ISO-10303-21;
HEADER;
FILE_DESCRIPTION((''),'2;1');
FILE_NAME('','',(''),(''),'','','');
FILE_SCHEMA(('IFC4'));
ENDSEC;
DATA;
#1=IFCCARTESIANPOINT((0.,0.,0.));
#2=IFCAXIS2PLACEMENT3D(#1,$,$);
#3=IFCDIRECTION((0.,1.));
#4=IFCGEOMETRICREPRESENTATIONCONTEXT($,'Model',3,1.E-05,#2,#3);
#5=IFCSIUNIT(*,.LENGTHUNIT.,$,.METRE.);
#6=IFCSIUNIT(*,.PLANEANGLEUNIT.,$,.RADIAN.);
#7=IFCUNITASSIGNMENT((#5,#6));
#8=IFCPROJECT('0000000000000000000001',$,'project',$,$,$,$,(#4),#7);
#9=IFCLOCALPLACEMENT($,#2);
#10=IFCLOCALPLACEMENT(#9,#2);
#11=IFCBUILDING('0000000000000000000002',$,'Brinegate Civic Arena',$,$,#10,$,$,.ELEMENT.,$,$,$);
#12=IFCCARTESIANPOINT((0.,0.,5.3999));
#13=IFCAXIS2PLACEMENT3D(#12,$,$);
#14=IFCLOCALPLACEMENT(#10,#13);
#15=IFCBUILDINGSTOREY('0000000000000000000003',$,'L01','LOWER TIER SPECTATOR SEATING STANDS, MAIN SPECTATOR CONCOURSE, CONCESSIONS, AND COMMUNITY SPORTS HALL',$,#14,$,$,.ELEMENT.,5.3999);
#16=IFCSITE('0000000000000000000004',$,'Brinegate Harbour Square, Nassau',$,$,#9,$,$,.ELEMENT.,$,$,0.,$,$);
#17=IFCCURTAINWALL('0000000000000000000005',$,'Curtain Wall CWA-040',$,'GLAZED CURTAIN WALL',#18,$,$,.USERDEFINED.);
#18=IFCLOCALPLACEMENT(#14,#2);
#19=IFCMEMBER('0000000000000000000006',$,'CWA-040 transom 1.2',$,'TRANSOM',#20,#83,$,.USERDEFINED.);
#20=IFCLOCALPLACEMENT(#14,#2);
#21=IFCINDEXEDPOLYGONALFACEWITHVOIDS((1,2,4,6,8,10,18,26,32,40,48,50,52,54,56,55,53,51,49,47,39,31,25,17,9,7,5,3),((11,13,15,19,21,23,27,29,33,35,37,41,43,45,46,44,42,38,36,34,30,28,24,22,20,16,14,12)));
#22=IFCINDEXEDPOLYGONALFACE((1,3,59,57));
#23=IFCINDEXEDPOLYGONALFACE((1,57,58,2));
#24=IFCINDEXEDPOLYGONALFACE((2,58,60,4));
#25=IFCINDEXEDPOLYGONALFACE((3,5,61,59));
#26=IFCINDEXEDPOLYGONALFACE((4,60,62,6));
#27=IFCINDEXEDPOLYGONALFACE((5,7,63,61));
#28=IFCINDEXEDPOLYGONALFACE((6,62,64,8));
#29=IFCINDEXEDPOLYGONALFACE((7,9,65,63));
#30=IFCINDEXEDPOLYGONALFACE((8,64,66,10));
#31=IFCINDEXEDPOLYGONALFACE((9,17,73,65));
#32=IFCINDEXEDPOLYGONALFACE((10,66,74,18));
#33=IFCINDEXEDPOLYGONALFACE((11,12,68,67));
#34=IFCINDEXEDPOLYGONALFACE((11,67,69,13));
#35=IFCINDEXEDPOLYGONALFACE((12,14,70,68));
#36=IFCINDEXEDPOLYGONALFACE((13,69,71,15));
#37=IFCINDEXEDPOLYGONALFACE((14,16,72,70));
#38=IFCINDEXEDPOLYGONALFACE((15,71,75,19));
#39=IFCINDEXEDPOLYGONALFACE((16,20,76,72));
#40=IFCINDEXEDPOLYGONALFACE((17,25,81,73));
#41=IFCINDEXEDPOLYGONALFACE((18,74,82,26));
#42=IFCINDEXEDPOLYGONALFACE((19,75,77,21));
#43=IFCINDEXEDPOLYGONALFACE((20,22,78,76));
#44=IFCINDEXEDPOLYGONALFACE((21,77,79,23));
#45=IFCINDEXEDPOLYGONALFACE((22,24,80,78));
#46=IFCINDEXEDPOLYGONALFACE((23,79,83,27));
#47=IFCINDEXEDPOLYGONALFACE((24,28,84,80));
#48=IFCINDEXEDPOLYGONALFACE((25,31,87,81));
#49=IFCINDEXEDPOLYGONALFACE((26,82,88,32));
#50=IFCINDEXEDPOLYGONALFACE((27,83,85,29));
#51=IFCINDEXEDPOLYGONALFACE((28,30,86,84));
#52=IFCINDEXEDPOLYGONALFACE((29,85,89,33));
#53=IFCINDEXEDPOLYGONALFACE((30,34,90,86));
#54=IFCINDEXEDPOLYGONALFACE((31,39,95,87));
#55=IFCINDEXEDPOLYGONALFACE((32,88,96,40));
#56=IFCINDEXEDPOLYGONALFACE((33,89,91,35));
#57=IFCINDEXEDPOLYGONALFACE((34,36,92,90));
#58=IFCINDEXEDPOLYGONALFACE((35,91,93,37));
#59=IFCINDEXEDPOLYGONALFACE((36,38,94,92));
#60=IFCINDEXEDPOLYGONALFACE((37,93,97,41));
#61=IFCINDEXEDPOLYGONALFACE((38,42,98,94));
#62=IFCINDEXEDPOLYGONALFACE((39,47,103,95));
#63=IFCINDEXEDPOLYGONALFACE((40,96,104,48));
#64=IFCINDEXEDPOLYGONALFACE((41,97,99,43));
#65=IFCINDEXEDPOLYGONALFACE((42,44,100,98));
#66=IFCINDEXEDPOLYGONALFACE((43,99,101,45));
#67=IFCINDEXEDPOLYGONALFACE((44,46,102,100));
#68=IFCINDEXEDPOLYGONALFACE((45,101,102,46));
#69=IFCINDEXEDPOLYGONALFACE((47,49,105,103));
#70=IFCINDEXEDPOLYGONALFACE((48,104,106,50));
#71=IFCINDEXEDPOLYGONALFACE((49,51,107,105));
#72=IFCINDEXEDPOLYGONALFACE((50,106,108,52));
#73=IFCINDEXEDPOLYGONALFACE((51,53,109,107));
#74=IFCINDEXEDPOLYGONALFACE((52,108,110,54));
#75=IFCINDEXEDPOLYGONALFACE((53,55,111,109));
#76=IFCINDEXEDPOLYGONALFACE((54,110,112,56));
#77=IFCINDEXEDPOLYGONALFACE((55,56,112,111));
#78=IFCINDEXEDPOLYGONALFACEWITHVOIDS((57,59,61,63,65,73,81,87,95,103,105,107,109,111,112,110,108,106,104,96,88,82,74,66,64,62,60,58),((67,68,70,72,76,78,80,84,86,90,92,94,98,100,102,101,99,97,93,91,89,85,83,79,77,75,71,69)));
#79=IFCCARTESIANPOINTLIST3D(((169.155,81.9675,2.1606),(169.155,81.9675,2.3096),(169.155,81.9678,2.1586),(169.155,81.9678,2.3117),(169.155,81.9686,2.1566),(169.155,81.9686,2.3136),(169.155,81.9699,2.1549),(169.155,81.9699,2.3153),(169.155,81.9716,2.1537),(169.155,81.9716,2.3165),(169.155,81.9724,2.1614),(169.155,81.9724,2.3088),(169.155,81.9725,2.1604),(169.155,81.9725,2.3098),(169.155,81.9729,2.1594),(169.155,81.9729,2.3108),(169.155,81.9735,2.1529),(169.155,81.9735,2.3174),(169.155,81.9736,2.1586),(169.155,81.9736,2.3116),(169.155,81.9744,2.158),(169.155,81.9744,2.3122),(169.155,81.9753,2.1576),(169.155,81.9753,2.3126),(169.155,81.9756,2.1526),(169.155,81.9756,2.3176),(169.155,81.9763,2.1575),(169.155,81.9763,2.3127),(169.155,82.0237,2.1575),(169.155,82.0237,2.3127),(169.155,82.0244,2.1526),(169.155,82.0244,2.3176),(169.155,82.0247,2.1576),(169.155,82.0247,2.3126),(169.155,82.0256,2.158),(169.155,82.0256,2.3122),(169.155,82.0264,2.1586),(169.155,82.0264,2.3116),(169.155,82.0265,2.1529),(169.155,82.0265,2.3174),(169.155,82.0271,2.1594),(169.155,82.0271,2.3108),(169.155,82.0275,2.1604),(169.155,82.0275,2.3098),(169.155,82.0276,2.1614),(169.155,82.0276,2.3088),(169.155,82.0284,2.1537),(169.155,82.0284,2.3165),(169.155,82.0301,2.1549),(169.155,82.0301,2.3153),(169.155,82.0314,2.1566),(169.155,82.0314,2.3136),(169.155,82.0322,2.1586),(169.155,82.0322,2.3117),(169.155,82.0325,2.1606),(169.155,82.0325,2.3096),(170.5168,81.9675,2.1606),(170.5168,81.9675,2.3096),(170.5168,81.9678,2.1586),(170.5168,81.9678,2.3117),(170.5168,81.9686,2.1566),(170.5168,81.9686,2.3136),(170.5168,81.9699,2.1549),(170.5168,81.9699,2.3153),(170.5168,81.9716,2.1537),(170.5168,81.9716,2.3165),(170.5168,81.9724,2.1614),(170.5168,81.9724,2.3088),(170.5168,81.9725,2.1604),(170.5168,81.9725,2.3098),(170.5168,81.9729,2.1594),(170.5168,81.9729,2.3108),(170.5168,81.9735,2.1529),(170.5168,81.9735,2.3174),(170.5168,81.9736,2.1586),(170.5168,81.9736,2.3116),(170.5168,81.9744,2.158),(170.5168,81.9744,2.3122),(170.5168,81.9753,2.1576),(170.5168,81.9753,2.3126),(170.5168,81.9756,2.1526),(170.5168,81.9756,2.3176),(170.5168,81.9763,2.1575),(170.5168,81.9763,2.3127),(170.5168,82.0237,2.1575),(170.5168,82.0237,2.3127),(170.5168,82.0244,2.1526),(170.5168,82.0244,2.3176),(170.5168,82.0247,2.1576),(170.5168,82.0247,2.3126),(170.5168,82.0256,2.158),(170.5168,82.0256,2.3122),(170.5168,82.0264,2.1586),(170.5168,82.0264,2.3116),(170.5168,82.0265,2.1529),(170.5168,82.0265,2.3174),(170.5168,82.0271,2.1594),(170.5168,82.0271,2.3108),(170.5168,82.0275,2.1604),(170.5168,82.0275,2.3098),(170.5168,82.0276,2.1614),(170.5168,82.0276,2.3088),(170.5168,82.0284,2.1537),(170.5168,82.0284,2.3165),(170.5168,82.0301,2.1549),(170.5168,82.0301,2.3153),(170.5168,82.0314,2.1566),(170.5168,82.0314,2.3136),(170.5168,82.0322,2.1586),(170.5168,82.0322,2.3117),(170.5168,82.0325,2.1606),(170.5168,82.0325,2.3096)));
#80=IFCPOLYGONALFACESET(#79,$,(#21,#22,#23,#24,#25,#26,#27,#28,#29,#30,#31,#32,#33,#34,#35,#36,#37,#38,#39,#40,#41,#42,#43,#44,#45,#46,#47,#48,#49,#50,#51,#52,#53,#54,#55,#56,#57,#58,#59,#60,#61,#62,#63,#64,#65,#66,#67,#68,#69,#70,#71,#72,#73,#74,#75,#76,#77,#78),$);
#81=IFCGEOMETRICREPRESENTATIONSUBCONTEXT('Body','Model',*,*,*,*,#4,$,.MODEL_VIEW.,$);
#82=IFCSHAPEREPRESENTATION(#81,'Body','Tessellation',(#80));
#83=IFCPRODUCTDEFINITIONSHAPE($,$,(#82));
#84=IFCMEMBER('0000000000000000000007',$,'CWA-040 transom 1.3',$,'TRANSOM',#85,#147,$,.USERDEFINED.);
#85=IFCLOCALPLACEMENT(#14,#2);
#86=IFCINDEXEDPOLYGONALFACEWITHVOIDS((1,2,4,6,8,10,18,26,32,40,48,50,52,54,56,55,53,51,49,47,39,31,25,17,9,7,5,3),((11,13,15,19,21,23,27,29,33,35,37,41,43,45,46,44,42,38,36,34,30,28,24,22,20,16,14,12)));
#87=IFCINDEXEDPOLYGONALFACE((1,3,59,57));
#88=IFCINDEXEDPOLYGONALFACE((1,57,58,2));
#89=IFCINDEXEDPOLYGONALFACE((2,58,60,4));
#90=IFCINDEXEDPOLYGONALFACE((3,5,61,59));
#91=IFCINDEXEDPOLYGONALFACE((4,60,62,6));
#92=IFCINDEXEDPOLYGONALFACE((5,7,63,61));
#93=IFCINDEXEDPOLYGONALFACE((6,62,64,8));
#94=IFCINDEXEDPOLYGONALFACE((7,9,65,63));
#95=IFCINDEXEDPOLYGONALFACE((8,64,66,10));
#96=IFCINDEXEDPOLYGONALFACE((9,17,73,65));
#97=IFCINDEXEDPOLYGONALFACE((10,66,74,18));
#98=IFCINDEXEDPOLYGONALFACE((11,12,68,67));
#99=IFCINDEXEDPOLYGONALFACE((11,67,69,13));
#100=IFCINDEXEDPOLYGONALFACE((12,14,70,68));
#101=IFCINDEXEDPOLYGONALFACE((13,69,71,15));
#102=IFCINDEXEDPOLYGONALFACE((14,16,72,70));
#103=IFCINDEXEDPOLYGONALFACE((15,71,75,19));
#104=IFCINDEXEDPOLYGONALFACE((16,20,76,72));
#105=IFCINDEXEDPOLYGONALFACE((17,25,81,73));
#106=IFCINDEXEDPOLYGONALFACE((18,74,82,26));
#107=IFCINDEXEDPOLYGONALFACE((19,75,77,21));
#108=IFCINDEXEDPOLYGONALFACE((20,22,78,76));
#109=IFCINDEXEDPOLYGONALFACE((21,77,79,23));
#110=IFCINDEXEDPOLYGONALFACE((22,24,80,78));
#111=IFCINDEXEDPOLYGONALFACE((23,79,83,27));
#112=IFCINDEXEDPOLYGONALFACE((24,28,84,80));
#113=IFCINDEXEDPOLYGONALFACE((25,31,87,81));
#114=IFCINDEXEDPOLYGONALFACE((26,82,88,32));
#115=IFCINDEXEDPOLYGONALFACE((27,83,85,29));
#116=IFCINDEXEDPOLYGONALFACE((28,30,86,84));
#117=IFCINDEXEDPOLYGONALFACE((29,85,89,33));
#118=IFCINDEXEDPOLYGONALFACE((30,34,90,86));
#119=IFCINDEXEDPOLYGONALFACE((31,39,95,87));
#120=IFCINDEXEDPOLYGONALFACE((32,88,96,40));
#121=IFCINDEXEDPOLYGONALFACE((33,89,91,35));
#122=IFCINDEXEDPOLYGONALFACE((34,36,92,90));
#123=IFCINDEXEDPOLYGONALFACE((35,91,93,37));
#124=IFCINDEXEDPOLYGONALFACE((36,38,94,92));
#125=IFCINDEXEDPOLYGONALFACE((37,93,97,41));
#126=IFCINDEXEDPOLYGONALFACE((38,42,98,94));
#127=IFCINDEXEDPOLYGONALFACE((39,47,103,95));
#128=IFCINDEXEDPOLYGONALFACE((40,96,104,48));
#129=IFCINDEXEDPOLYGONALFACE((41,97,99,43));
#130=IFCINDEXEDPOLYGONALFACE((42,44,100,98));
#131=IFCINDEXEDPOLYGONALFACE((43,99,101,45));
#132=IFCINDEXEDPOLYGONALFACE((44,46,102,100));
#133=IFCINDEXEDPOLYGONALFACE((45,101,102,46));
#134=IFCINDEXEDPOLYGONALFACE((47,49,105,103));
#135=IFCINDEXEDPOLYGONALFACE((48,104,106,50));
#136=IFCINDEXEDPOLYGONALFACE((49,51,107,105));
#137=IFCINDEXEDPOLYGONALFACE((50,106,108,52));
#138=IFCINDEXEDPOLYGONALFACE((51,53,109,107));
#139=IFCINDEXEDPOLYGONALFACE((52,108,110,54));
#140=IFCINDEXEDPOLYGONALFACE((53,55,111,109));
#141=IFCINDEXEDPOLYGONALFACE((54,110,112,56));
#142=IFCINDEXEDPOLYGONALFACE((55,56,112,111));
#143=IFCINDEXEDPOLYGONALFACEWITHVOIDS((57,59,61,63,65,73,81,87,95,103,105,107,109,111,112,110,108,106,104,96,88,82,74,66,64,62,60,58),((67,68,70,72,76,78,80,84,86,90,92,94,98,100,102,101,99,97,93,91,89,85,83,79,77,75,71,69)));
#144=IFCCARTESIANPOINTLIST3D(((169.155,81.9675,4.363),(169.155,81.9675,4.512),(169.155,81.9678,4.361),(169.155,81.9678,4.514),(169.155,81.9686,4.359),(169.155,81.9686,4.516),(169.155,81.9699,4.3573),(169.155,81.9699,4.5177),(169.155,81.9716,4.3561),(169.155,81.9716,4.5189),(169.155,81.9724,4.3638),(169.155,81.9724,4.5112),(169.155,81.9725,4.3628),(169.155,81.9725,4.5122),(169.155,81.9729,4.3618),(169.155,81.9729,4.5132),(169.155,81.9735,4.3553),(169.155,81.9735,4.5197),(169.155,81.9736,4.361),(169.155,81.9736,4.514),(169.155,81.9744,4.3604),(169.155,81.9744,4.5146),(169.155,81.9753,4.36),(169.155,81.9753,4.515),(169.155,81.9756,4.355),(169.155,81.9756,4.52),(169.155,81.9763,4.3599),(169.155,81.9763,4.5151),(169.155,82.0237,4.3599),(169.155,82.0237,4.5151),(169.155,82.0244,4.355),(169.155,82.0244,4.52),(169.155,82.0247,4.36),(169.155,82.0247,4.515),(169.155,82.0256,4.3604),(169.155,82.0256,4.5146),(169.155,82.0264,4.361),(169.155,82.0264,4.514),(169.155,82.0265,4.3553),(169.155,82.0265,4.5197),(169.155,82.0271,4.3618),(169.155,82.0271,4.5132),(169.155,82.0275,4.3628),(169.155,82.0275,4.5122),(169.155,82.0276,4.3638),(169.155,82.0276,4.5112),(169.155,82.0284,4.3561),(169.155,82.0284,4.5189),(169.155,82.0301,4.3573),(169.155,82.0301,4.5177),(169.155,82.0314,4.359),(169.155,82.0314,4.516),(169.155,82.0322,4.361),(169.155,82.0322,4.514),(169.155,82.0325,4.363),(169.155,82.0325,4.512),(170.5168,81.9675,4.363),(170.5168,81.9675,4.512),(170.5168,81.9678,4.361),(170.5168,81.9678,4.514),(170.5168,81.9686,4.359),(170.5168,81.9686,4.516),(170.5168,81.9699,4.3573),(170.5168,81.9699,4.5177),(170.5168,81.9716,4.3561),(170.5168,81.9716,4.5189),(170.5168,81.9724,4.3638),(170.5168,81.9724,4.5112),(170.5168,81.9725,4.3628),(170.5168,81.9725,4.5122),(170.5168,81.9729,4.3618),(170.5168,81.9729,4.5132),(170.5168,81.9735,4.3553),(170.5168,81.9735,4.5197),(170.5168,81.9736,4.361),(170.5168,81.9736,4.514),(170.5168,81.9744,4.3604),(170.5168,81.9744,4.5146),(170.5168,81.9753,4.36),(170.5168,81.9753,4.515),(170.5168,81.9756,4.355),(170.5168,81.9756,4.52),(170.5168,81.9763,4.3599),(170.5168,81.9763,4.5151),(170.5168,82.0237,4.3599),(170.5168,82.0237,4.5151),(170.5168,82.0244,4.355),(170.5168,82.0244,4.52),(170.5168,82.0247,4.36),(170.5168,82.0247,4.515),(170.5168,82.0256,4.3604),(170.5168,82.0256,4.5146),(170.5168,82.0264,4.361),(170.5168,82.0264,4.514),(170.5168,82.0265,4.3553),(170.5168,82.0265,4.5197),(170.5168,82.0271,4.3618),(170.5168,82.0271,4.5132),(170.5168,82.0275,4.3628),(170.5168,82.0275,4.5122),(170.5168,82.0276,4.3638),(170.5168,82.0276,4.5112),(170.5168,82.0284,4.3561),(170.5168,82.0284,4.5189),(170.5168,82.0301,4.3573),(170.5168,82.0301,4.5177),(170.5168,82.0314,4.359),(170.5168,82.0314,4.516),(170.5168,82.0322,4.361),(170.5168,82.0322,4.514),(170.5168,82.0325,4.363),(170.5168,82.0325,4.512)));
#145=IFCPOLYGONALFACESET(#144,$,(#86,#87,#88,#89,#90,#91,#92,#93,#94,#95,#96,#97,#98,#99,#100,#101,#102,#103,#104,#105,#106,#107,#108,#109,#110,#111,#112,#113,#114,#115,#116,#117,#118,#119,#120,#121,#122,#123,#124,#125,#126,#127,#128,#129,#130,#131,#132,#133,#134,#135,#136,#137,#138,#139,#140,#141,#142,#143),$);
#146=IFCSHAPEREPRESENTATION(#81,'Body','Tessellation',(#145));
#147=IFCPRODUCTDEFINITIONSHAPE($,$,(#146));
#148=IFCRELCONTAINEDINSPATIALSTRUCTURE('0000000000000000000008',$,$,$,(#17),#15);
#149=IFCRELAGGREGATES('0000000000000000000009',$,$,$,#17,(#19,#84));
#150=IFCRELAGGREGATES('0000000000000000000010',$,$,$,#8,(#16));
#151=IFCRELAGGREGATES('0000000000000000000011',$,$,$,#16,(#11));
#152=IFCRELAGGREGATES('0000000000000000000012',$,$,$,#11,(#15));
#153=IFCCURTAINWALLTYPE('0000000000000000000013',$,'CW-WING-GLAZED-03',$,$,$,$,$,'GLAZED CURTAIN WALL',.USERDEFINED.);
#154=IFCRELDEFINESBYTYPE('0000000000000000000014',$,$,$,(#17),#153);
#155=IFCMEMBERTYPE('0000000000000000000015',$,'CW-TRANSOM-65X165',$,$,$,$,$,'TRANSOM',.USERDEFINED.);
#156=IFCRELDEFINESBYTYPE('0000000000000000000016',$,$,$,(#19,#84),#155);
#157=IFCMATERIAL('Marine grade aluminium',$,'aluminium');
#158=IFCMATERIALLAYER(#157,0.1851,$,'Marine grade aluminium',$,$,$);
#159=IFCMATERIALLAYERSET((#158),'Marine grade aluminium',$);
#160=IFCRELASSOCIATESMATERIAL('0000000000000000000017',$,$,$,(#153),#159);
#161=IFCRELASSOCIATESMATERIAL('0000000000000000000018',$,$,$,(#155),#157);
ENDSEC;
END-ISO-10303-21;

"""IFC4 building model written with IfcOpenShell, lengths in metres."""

from ifc_helpers import new_model, si_unit, direction, frame, origin, origin_2d, place, context, subcontext, project, spatial, hollow_rectangle, extrude, material, layer, layer_set, material_profile, profile_set, type_object, element, aggregate, save


model = new_model("IFC4")

# Units and contexts
model_context = context("Model", 3, precision=1e-05, world=origin(), true_north=direction((0.0, 1.0)))
body_context = subcontext(model_context, "Body", "Model", "MODEL_VIEW")
ifc_project = project(units=[si_unit("LENGTHUNIT", "METRE"), si_unit("PLANEANGLEUNIT", "RADIAN")], contexts=[model_context])

# Site, building, storey
site_placement = place(None, origin())
site = spatial("IfcSite", under=ifc_project, at=site_placement, Name="Brinegate Harbour Square, Nassau", CompositionType="ELEMENT", RefElevation=0.0)
building_placement = place(site_placement, origin())
building = spatial("IfcBuilding", under=site, at=building_placement, Name="Brinegate Civic Arena", CompositionType="ELEMENT")
storey_placement = place(building_placement, frame((0.0, 0.0, 5.3999)))
storey = spatial("IfcBuildingStorey", under=building, at=storey_placement, Name="L01", Description="LOWER TIER SPECTATOR SEATING STANDS, MAIN SPECTATOR CONCOURSE, CONCESSIONS, AND COMMUNITY SPORTS HALL", CompositionType="ELEMENT", Elevation=5.3999)

# Curtain wall, members
ifc_material_1 = material(Name="Marine grade aluminium", Category="aluminium")
ifc_layer_1 = layer(ifc_material_1, 0.1851, Name="Marine grade aluminium")
ifc_layer_set_1 = layer_set([ifc_layer_1], Name="Marine grade aluminium")
curtain_wall_type = type_object("IfcCurtainWallType", Name="CW-WING-GLAZED-03", ElementType="GLAZED CURTAIN WALL", PredefinedType="USERDEFINED", material=ifc_layer_set_1)
curtain_wall_placement = place(storey_placement, origin())
curtain_wall = element("IfcCurtainWall", 1, at=curtain_wall_placement, inside=storey, type_object=curtain_wall_type, Name="Curtain Wall CWA-040", ObjectType="GLAZED CURTAIN WALL", PredefinedType="USERDEFINED")
ifc_material_profile_1 = material_profile(ifc_material_1, hollow_rectangle(XDim=0.0649, YDim=0.165, WallThickness=0.0049, InnerFilletRadius=0.0039, OuterFilletRadius=0.0081, at=origin_2d()), Name="TRN65X165")
ifc_profile_set_1 = profile_set([ifc_material_profile_1], Name="Marine grade aluminium")
member_type_1 = type_object("IfcMemberType", Name="CW-TRANSOM-65X165", ElementType="TRANSOM", PredefinedType="USERDEFINED", material=ifc_profile_set_1)
member_1_placement = place(storey_placement, frame((169.155, 82.0, 2.2351), z_axis=(1.0, 0.0, 0.0), x_axis=(0.0, 1.0, 0.0)))
member_1 = element("IfcMember", 2, at=member_1_placement, type_object=member_type_1, Name="CWA-040 transom 1.2", ObjectType="TRANSOM", PredefinedType="USERDEFINED", context=body_context, shape_type="SweptSolid", body=[
    extrude(hollow_rectangle(XDim=0.0649, YDim=0.165, WallThickness=0.0049, InnerFilletRadius=0.0039, OuterFilletRadius=0.0081, at=origin_2d()), origin(), (0.0, 0.0, 1.0), 1.3618),
])
member_2_placement = place(storey_placement, frame((169.155, 82.0, 4.4375), z_axis=(1.0, 0.0, 0.0), x_axis=(0.0, 1.0, 0.0)))
member_2 = element("IfcMember", 3, at=member_2_placement, type_object=member_type_1, Name="CWA-040 transom 1.3", ObjectType="TRANSOM", PredefinedType="USERDEFINED", context=body_context, shape_type="SweptSolid", body=[
    extrude(hollow_rectangle(XDim=0.0649, YDim=0.165, WallThickness=0.0049, InnerFilletRadius=0.0039, OuterFilletRadius=0.0081, at=origin_2d()), origin(), (0.0, 0.0, 1.0), 1.3618),
])

aggregate(curtain_wall, [member_1, member_2])

save(model, "model.ifc")
